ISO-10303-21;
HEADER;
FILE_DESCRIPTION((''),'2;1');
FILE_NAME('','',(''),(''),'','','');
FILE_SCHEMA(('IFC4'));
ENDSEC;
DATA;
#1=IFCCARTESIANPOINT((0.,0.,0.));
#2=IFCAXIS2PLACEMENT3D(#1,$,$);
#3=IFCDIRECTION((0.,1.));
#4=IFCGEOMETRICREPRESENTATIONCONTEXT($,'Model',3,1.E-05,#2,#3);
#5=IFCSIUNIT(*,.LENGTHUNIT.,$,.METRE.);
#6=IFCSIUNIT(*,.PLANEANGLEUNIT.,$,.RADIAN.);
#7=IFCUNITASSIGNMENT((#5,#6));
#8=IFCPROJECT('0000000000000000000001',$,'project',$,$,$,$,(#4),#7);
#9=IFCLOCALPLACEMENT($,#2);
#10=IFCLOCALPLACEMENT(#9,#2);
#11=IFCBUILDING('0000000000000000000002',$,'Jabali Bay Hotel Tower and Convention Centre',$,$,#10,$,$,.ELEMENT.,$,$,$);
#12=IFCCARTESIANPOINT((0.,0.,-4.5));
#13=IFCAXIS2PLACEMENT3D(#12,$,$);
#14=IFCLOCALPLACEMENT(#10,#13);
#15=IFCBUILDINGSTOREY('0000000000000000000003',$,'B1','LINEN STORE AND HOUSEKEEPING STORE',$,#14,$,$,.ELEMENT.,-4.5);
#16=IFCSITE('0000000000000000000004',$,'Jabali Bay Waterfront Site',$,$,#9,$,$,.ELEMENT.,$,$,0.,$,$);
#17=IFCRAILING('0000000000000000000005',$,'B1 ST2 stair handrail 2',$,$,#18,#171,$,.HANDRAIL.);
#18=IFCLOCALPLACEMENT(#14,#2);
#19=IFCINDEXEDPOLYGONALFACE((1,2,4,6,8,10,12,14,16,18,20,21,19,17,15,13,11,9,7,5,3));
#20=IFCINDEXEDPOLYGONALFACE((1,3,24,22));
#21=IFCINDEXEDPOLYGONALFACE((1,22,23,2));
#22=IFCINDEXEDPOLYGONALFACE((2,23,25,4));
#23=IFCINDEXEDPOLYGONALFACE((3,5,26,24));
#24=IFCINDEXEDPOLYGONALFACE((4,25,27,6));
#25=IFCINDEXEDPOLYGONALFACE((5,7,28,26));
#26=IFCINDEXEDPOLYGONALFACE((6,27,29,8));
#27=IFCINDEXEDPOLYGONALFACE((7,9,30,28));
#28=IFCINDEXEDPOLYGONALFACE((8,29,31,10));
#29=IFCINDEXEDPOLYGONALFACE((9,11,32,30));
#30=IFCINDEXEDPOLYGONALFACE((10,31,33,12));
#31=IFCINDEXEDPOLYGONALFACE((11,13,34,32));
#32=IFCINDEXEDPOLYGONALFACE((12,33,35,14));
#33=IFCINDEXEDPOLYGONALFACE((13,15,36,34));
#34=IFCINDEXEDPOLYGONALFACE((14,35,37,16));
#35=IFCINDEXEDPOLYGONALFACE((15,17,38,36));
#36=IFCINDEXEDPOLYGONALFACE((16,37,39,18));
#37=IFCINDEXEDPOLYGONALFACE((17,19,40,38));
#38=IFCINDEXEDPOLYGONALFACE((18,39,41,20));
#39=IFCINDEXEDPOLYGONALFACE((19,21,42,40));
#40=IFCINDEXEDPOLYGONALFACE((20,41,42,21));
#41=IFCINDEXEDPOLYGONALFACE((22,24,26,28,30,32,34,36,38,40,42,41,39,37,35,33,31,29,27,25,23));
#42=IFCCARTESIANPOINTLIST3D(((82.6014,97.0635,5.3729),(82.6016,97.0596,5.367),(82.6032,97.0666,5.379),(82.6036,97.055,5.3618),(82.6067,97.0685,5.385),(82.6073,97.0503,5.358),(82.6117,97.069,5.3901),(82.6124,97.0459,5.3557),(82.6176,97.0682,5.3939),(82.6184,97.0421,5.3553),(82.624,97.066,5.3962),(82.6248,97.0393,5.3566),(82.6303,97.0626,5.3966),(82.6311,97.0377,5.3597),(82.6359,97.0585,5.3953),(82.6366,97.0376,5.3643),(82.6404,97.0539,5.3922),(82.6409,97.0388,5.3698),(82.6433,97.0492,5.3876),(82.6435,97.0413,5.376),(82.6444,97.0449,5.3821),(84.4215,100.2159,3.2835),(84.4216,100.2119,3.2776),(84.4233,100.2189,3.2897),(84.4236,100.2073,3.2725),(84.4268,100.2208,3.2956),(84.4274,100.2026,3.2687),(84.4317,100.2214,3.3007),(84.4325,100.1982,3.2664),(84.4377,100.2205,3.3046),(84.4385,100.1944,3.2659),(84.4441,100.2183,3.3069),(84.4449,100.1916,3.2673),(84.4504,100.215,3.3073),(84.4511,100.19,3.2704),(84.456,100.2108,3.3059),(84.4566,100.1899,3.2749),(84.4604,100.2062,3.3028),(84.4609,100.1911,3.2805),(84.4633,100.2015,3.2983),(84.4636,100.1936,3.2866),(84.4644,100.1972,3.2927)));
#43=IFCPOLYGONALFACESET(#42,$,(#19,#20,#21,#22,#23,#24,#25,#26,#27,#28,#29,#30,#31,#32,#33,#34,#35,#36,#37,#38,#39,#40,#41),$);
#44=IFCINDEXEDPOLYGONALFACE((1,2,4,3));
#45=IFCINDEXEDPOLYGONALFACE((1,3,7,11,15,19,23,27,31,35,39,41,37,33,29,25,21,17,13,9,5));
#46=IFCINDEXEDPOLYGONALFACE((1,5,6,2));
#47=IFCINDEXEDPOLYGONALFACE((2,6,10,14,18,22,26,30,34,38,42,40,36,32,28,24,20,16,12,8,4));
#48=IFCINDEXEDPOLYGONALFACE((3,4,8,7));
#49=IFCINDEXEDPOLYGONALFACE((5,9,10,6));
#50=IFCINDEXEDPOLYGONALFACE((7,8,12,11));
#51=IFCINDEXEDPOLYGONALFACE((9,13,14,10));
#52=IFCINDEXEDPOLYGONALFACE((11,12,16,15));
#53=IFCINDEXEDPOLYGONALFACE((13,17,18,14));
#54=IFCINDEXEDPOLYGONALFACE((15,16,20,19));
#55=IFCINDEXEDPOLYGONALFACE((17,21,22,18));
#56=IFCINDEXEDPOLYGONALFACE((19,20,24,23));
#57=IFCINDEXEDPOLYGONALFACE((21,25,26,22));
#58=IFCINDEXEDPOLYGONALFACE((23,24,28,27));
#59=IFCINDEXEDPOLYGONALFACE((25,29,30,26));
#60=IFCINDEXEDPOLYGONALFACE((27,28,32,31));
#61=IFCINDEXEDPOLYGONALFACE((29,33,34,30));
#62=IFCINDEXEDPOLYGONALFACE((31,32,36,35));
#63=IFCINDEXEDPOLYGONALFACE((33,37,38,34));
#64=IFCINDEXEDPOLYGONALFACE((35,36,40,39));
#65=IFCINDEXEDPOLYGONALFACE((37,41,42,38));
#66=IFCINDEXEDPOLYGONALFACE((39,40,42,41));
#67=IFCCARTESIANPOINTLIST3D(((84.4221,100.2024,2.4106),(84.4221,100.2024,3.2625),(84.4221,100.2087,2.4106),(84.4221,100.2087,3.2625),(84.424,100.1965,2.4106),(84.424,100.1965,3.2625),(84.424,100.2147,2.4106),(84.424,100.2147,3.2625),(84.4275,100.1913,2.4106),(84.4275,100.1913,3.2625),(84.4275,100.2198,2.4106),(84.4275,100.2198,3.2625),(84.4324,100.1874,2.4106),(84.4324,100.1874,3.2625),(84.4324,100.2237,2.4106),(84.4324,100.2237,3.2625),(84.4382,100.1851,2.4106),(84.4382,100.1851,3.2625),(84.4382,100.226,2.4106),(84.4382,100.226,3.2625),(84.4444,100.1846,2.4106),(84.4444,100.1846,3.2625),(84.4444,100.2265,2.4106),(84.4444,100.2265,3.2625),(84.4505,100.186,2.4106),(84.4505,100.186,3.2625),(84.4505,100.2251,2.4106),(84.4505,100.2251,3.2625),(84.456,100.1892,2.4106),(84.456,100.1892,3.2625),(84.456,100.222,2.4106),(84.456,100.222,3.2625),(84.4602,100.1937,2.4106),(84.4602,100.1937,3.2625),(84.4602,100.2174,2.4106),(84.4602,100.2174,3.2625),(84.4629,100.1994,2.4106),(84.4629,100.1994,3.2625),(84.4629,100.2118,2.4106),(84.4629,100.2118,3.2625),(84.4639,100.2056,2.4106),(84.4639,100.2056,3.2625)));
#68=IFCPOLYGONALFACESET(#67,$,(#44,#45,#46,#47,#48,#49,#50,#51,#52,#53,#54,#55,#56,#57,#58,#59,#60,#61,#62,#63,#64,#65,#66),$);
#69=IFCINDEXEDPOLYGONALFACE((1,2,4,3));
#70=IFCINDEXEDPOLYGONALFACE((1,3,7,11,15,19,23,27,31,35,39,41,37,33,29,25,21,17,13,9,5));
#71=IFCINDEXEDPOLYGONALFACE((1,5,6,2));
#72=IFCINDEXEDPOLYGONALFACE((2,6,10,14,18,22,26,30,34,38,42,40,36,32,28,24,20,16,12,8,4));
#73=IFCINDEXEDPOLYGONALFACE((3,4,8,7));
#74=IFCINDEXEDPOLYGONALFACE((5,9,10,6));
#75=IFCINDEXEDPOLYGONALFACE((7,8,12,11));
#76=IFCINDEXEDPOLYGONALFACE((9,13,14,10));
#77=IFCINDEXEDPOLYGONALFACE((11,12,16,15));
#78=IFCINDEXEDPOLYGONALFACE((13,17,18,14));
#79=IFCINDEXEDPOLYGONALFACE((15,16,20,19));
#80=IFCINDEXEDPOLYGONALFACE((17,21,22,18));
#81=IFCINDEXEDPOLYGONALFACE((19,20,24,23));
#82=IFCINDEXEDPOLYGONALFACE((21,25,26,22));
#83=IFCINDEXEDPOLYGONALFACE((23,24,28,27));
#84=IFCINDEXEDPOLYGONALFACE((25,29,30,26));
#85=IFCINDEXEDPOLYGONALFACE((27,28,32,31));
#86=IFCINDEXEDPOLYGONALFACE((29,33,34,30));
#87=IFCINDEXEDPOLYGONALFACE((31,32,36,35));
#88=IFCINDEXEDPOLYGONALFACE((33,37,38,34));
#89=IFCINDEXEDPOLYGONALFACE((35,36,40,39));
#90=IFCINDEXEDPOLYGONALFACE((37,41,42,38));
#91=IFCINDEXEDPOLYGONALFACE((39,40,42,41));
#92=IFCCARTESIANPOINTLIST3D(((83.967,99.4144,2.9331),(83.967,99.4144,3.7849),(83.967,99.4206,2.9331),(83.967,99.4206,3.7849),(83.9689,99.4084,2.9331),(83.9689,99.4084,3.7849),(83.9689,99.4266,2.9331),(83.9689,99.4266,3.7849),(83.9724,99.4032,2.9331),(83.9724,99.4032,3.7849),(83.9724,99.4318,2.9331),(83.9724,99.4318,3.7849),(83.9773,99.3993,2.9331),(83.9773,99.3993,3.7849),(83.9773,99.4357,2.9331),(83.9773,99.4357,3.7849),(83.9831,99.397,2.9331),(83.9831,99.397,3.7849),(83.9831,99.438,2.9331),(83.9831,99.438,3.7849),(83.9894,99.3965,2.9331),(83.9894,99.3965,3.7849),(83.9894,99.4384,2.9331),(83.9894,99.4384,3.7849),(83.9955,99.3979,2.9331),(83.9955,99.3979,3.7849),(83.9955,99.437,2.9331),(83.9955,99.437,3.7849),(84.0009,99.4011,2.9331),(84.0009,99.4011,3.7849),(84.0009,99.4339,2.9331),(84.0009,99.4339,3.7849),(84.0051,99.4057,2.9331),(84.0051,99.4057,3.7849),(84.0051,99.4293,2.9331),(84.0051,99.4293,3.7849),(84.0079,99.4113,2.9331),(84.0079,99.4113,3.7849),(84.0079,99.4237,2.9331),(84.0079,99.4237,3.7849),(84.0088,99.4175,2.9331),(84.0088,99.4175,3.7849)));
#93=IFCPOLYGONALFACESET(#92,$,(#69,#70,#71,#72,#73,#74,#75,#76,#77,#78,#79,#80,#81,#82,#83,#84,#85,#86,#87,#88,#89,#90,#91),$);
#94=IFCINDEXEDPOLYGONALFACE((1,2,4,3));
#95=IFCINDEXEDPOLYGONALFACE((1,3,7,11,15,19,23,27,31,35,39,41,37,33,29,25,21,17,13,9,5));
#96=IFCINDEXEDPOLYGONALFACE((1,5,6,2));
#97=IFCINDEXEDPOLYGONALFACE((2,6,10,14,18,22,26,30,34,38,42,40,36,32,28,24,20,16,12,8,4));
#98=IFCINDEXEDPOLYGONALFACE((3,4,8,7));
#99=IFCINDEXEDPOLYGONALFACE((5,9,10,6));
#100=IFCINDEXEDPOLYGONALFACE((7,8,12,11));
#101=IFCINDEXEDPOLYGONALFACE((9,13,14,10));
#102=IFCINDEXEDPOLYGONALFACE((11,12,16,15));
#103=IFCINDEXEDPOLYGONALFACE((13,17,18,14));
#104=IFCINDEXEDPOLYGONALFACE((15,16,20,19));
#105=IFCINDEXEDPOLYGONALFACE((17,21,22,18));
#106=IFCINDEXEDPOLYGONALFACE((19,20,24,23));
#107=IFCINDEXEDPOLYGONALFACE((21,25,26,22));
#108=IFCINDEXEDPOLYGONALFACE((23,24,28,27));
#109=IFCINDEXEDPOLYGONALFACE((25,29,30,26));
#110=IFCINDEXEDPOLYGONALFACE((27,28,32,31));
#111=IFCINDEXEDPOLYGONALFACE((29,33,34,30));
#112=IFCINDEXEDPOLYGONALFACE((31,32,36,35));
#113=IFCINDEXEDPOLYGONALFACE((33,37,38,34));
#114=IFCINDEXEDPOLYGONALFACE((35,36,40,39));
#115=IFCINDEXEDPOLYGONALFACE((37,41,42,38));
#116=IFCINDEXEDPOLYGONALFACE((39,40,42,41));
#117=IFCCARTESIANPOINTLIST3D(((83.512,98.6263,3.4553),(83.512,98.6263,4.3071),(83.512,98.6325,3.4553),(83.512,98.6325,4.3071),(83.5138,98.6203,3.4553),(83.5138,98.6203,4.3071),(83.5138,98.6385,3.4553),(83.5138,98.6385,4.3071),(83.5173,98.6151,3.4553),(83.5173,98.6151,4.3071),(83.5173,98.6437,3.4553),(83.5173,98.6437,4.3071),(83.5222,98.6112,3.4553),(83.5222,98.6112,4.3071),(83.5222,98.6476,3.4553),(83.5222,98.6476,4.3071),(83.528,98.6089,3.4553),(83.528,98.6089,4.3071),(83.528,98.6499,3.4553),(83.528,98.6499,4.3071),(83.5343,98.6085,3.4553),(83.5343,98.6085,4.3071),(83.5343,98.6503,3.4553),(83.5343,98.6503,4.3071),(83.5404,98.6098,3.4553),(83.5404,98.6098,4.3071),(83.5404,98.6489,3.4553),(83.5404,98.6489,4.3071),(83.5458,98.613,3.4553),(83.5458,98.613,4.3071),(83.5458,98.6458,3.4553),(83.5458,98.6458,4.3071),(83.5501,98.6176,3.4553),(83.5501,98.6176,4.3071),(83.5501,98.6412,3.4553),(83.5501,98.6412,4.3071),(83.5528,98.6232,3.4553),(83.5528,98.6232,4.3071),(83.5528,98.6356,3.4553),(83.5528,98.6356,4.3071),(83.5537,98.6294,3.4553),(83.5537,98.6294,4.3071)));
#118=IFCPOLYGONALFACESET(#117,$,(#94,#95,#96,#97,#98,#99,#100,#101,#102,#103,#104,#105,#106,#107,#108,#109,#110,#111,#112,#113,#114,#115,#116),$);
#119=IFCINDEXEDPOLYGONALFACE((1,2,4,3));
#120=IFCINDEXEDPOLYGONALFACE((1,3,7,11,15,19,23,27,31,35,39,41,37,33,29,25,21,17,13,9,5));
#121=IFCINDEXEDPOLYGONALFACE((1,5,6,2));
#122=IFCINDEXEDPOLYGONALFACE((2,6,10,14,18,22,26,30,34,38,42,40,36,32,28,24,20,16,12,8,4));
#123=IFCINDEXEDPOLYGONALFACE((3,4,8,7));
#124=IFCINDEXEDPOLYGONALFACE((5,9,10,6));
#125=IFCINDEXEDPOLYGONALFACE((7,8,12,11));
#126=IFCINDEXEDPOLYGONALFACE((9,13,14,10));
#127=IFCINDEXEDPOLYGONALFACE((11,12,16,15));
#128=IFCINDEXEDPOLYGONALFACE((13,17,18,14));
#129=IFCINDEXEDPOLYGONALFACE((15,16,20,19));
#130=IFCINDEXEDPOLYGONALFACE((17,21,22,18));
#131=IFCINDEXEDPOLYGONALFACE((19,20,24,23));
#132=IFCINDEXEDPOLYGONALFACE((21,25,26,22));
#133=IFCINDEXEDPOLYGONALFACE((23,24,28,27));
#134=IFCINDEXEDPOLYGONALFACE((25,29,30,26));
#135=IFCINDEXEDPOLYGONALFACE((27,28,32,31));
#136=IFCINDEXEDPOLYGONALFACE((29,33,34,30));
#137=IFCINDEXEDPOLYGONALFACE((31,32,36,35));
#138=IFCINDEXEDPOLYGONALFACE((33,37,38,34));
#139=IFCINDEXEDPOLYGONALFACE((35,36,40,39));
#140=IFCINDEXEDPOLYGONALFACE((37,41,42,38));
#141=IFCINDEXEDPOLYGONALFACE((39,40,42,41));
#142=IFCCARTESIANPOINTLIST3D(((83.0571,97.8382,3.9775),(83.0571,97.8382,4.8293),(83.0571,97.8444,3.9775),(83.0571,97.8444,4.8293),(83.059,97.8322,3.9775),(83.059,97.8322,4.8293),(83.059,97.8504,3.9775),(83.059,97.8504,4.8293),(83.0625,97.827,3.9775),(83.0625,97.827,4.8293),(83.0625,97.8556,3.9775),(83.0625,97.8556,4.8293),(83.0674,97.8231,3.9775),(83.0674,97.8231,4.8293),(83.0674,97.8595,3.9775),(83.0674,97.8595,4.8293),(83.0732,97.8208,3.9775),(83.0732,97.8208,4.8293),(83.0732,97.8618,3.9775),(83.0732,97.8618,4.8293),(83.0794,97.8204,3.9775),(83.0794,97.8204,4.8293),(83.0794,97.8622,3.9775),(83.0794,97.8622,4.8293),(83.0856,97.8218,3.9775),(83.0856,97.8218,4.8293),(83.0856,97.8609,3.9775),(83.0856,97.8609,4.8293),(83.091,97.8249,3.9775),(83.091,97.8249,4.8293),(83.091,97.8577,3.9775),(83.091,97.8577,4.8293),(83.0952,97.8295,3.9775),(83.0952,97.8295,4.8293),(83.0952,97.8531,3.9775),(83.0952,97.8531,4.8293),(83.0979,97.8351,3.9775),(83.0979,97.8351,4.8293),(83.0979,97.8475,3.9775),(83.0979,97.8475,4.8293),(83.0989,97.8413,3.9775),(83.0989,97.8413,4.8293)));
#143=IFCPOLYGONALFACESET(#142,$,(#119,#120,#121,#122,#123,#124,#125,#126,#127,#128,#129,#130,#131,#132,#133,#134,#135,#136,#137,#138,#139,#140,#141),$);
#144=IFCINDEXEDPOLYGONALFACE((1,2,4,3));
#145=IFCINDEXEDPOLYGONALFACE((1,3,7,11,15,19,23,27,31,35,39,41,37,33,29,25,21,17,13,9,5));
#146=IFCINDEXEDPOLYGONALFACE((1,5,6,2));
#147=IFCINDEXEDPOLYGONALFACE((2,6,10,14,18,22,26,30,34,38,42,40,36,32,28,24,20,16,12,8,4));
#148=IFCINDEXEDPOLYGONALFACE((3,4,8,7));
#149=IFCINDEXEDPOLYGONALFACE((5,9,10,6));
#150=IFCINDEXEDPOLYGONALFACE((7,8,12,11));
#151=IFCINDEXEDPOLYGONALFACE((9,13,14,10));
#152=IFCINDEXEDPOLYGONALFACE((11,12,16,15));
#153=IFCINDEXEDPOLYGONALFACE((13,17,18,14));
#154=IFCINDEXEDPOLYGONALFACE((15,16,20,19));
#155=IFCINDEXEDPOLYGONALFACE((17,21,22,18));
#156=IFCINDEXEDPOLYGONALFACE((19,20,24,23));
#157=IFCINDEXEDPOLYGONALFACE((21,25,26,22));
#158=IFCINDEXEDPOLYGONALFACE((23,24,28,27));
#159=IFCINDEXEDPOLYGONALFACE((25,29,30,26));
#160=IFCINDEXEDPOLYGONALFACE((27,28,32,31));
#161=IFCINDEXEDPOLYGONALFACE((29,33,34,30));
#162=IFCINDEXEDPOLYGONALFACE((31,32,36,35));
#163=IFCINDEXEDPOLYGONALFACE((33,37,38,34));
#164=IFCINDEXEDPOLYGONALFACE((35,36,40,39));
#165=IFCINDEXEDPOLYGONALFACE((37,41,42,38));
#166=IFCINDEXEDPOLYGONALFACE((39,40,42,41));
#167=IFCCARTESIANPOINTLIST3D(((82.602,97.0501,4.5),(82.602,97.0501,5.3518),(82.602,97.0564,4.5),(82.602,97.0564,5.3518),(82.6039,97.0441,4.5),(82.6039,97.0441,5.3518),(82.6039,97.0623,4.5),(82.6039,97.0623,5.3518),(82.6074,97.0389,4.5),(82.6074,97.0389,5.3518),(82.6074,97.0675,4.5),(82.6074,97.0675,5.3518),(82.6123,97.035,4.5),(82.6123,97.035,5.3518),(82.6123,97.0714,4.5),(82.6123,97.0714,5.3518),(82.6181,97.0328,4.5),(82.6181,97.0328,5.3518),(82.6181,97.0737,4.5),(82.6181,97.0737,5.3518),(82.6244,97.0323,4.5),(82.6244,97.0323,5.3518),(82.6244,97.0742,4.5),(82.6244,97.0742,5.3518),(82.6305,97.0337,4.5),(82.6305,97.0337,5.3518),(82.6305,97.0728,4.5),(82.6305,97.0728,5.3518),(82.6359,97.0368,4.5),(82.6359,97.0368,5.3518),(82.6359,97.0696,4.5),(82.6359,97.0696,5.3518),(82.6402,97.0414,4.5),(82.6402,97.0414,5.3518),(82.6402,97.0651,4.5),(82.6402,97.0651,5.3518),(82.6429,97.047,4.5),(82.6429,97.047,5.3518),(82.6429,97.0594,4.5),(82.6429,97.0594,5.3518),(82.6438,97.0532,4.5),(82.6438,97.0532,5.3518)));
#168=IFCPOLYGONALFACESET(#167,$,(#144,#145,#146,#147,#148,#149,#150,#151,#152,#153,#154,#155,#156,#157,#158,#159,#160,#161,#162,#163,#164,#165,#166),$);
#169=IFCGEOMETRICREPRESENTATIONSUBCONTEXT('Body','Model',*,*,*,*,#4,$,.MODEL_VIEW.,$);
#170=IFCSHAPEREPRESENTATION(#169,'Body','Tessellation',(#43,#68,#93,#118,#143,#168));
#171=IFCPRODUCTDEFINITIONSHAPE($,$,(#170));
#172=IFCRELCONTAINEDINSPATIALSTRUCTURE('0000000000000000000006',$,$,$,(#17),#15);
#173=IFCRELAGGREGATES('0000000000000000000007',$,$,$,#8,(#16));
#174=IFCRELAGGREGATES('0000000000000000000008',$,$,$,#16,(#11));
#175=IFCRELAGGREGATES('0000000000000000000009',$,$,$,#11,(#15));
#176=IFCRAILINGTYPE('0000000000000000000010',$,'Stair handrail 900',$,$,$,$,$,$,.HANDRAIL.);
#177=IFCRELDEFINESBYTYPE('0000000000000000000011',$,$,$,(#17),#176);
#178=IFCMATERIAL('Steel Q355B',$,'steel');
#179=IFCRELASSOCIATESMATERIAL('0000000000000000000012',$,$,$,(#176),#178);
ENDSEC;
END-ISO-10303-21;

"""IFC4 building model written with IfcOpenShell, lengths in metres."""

from ifc_helpers import new_model, si_unit, direction, frame, origin, origin_2d, place, context, subcontext, project, spatial, circle, extrude, material, type_object, element, save


model = new_model("IFC4")

# Units and contexts
model_context = context("Model", 3, precision=1e-05, world=origin(), true_north=direction((0.0, 1.0)))
body_context = subcontext(model_context, "Body", "Model", "MODEL_VIEW")
ifc_project = project(units=[si_unit("LENGTHUNIT", "METRE"), si_unit("PLANEANGLEUNIT", "RADIAN")], contexts=[model_context])

# Site, building, storey
site_placement = place(None, origin())
site = spatial("IfcSite", under=ifc_project, at=site_placement, Name="Jabali Bay Waterfront Site", CompositionType="ELEMENT", RefElevation=0.0)
building_placement = place(site_placement, origin())
building = spatial("IfcBuilding", under=site, at=building_placement, Name="Jabali Bay Hotel Tower and Convention Centre", CompositionType="ELEMENT")
storey_placement = place(building_placement, frame((0.0, 0.0, -4.5)))
storey = spatial("IfcBuildingStorey", under=building, at=storey_placement, Name="B1", Description="LINEN STORE AND HOUSEKEEPING STORE", CompositionType="ELEMENT", Elevation=-4.5)

# Railing
ifc_material_1 = material(Name="Steel Q355B", Category="steel")
railing_type_1 = type_object("IfcRailingType", Name="Stair handrail 900", PredefinedType="HANDRAIL", material=ifc_material_1)
railing_1_placement = place(storey_placement, frame((84.4429, 100.2056, 2.4106)))
element("IfcRailing", 1, at=railing_1_placement, inside=storey, type_object=railing_type_1, Name="B1 ST2 stair handrail 2", PredefinedType="HANDRAIL", context=body_context, shape_type="SweptSolid", body=[
    extrude(circle(Radius=0.0239, at=origin_2d()), frame((0.0, 0.0, 0.876), z_axis=(-0.433653, -0.751084, 0.497814), x_axis=(0.866018, -0.500013, 0.0)), (0.0, 0.0, 1.0), 4.197),
    extrude(circle(Radius=0.021, at=origin_2d()), origin(), (0.0, 0.0, 1.0), 0.8518),
    extrude(circle(Radius=0.021, at=origin_2d()), frame((-0.4551, -0.7881, 0.5225)), (0.0, 0.0, 1.0), 0.8518),
    extrude(circle(Radius=0.021, at=origin_2d()), frame((-0.9102, -1.5762, 1.0447)), (0.0, 0.0, 1.0), 0.8518),
    extrude(circle(Radius=0.021, at=origin_2d()), frame((-1.365, -2.3643, 1.5669)), (0.0, 0.0, 1.0), 0.8518),
    extrude(circle(Radius=0.021, at=origin_2d()), frame((-1.8201, -3.1523, 2.0894)), (0.0, 0.0, 1.0), 0.8518),
])

save(model, "model.ifc")
